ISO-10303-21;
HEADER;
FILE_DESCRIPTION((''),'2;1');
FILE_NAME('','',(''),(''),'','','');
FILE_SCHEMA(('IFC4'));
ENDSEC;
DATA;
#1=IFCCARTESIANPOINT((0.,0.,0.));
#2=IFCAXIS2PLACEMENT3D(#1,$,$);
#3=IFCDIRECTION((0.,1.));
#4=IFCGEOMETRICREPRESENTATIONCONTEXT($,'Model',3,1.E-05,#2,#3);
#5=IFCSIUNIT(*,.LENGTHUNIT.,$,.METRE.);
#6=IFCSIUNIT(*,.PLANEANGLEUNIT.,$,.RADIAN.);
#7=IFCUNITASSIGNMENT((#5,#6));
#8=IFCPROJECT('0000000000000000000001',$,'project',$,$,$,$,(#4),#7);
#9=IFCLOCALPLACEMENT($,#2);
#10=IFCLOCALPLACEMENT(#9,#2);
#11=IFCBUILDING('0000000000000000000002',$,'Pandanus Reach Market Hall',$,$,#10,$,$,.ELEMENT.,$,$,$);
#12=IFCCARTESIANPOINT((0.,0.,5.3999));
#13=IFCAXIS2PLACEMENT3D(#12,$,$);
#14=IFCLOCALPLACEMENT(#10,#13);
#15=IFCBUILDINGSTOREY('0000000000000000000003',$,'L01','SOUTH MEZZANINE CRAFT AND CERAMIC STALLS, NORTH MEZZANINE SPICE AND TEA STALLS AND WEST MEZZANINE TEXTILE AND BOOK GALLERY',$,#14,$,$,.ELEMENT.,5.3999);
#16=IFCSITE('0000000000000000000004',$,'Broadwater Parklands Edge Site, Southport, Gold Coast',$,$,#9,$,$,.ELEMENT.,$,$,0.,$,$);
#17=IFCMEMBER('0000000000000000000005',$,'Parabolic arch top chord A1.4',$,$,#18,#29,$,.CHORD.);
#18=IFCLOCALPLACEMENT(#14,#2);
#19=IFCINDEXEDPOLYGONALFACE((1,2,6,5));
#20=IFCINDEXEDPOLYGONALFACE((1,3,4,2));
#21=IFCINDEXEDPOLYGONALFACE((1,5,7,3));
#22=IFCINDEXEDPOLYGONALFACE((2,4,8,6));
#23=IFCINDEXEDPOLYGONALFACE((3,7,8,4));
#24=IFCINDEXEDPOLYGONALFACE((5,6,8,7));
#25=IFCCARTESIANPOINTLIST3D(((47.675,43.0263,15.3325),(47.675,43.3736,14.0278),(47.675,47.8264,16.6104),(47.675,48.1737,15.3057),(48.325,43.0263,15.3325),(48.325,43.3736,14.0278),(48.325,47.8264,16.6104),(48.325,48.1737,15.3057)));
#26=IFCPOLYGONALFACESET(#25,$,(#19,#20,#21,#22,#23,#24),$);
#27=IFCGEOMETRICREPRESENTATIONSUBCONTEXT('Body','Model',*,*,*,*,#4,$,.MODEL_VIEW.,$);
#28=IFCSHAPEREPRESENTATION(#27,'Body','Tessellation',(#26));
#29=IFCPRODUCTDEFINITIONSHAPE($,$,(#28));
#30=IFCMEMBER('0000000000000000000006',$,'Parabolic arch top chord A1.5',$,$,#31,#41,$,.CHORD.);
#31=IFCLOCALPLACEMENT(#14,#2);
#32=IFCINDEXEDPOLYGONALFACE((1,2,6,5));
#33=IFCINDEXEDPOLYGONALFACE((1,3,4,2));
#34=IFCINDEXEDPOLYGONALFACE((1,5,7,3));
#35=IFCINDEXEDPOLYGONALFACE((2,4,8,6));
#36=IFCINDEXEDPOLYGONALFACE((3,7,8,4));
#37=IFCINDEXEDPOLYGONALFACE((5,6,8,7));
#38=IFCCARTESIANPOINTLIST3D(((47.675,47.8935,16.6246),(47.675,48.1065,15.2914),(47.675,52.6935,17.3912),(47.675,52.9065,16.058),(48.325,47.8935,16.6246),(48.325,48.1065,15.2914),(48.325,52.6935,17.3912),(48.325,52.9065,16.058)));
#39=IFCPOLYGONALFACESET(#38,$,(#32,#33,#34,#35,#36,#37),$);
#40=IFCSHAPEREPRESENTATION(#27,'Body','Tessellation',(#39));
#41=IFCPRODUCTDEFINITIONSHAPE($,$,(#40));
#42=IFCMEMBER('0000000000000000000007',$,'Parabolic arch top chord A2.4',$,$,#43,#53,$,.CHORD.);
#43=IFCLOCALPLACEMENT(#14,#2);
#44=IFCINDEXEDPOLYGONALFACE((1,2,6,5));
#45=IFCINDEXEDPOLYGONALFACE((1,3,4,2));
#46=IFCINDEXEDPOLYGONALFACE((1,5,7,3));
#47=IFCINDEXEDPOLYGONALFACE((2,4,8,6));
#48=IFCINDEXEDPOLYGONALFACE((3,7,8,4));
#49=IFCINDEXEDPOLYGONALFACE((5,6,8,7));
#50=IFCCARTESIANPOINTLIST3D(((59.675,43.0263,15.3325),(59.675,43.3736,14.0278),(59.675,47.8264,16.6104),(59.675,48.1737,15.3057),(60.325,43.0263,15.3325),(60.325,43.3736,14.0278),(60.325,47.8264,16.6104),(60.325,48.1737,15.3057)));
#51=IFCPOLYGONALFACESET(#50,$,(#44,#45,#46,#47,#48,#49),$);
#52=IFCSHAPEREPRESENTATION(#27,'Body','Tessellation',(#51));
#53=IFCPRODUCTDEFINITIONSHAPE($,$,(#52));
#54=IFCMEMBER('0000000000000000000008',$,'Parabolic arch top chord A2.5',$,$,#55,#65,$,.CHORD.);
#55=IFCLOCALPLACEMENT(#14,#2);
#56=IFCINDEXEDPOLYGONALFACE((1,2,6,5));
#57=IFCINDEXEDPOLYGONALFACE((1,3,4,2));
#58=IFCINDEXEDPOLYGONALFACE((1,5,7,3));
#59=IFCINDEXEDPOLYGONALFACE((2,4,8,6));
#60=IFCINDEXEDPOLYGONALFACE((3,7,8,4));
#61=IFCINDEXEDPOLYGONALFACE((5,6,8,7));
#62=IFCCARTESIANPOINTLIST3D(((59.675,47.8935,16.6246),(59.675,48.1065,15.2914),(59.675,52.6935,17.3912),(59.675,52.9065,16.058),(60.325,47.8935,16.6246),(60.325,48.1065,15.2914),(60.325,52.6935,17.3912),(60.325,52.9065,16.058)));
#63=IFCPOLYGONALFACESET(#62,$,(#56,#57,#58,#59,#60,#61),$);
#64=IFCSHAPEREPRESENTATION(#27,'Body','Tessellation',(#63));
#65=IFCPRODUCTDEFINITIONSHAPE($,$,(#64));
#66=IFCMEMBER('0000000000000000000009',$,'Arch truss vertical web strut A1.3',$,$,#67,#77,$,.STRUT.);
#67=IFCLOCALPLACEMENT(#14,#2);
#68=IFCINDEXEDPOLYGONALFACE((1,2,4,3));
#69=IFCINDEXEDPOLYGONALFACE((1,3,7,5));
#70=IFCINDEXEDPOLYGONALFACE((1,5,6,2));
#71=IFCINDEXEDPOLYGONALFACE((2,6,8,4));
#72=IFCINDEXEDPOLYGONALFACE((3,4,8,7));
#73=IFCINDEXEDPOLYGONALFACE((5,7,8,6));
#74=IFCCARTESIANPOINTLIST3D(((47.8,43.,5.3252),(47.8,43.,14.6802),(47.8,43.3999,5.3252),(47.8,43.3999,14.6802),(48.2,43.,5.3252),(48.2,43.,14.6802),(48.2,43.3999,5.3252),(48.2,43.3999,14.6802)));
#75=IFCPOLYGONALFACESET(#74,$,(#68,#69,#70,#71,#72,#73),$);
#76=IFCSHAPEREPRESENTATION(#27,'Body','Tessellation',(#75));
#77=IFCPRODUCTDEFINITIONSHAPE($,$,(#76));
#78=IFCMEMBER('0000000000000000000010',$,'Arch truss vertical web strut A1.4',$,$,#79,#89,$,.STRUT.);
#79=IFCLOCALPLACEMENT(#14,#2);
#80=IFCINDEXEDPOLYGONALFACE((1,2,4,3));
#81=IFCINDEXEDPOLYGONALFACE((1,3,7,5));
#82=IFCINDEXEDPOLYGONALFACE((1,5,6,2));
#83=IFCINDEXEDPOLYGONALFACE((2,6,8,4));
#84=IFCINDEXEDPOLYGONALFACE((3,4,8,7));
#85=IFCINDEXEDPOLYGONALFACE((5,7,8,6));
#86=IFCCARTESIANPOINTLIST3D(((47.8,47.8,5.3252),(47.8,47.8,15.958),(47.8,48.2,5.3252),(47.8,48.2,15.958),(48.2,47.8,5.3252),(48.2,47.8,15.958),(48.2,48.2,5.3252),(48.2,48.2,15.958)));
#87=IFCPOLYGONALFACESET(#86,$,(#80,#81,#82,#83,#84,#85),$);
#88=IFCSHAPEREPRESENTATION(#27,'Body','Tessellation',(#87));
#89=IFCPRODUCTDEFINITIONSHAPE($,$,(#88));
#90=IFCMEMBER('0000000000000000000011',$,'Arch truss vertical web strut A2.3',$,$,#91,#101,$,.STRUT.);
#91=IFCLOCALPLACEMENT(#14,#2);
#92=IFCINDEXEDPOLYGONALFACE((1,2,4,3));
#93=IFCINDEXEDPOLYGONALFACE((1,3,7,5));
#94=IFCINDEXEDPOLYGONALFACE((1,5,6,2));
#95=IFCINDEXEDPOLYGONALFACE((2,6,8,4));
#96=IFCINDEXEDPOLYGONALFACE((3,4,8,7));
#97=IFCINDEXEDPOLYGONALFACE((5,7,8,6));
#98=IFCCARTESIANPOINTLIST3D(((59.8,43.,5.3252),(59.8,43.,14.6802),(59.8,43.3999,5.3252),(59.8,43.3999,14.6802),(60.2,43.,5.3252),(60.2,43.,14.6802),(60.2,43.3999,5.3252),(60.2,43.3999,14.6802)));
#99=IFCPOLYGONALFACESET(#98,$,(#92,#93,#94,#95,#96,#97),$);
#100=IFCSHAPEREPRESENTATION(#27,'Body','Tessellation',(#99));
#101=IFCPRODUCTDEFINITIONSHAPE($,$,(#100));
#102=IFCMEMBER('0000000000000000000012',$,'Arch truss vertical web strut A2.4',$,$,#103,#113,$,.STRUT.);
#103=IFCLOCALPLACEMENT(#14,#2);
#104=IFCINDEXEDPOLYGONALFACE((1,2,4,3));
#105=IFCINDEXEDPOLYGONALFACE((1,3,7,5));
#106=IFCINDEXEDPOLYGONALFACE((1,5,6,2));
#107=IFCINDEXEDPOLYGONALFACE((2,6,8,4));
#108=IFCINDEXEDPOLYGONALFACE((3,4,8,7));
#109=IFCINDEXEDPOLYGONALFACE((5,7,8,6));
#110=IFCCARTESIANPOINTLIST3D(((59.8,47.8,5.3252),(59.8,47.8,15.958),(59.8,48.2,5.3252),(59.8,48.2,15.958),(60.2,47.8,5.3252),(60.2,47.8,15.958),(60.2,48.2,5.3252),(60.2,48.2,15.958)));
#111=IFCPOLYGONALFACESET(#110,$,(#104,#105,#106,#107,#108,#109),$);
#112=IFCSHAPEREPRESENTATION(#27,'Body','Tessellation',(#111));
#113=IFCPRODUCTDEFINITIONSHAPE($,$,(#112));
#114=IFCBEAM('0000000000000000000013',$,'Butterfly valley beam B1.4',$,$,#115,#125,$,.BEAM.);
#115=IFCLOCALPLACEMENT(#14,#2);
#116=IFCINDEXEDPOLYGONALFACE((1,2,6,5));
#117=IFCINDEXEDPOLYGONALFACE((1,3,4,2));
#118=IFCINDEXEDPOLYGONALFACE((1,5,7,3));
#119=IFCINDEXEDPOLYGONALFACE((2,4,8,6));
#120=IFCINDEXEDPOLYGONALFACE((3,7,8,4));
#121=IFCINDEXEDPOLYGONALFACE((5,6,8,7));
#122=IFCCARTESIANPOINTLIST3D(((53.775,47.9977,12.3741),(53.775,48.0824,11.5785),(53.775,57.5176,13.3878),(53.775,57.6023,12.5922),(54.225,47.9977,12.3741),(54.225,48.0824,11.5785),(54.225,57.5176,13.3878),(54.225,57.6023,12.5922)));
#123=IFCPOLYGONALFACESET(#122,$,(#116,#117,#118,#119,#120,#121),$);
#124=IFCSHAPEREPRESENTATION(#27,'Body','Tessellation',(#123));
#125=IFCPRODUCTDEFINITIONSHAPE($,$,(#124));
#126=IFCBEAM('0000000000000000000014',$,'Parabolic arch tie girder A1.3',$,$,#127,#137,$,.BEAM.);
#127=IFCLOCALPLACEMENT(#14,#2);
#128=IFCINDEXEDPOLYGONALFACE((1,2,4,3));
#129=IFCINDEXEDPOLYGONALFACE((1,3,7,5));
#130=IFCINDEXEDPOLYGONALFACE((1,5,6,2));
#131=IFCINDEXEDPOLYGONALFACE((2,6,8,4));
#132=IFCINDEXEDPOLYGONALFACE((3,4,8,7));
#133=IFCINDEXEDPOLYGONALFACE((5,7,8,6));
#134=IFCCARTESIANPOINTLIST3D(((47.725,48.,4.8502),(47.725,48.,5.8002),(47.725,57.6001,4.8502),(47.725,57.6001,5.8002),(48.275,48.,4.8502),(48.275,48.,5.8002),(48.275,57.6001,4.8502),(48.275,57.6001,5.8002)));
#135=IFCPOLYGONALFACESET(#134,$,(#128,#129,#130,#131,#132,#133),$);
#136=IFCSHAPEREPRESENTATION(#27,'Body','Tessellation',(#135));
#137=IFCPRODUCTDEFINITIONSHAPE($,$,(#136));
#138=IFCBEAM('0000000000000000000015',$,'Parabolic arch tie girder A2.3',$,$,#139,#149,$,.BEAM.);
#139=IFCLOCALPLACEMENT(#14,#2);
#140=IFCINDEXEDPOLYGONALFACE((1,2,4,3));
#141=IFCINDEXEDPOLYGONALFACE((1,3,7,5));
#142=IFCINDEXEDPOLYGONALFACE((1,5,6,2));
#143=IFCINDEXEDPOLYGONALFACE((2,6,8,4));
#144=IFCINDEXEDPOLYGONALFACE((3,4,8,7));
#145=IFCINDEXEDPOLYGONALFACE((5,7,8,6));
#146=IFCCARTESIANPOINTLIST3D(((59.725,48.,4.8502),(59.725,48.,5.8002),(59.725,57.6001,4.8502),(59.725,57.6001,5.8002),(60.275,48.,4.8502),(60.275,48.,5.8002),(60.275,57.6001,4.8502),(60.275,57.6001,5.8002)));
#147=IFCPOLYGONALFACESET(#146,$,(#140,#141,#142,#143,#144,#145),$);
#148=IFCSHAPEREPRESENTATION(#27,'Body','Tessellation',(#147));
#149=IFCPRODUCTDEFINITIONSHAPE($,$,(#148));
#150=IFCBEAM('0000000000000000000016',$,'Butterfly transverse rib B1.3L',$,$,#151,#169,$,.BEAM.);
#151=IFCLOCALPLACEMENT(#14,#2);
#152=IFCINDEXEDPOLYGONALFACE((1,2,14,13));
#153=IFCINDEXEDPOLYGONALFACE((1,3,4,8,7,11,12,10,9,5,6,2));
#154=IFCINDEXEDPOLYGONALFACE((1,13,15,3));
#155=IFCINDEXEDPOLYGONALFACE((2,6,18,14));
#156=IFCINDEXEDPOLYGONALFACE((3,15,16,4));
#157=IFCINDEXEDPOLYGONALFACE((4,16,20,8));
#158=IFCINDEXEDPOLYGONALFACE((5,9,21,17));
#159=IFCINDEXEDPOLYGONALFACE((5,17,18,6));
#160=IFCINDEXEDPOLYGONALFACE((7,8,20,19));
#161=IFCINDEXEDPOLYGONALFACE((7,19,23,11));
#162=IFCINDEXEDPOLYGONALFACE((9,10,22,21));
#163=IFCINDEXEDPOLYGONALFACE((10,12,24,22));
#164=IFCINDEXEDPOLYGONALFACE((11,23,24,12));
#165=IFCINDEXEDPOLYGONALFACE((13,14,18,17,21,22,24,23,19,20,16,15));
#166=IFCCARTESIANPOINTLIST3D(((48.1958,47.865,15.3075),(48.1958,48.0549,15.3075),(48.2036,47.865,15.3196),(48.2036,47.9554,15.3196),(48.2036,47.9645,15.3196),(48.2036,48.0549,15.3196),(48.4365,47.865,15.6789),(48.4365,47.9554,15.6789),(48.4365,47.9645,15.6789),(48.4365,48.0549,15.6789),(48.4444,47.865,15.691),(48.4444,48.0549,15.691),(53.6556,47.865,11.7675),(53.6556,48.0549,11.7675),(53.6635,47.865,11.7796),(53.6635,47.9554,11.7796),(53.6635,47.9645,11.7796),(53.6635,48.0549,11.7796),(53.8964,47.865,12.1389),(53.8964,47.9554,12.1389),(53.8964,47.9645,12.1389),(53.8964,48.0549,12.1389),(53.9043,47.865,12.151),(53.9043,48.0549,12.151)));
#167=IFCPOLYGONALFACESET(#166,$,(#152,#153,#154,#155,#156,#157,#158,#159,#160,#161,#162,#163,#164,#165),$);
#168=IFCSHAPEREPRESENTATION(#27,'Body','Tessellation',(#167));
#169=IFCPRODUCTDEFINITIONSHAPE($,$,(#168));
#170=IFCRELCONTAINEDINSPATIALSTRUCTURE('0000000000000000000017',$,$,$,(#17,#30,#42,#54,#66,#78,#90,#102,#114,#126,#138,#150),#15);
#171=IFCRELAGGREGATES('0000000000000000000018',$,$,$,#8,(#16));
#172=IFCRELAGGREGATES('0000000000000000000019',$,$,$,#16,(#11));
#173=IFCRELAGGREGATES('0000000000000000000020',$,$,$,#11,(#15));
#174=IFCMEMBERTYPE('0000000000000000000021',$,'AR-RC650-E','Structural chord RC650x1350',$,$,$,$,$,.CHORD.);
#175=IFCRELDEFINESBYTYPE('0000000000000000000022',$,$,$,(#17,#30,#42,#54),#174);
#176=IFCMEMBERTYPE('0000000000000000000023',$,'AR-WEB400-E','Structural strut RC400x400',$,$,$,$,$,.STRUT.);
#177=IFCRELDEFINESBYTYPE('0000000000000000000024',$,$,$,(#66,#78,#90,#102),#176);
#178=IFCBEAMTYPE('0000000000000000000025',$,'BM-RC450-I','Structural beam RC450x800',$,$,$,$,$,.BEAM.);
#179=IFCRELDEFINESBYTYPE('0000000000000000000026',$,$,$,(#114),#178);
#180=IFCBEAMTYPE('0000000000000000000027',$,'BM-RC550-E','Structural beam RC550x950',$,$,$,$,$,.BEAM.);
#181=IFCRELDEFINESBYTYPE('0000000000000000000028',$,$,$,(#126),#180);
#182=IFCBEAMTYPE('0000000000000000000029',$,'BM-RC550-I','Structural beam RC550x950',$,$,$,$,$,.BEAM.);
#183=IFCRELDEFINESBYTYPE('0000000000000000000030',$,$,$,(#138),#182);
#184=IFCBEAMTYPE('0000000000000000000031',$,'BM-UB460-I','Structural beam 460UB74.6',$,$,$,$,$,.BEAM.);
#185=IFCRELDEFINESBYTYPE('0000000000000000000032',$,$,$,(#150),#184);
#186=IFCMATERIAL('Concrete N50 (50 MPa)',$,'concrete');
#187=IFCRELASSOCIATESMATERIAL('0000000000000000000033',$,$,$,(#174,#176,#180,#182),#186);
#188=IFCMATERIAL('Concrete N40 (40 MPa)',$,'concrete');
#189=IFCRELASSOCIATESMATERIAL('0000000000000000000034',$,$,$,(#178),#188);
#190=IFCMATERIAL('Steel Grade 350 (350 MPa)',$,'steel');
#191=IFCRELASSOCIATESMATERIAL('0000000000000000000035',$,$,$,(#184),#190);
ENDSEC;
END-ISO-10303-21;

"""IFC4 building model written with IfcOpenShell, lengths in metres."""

from ifc_helpers import new_model, si_unit, direction, frame, origin, origin_2d, place, context, subcontext, project, spatial, rectangle, i_section, extrude, material, material_profile, profile_set, type_object, element, save


model = new_model("IFC4")

# Units and contexts
model_context = context("Model", 3, precision=1e-05, world=origin(), true_north=direction((0.0, 1.0)))
body_context = subcontext(model_context, "Body", "Model", "MODEL_VIEW")
ifc_project = project(units=[si_unit("LENGTHUNIT", "METRE"), si_unit("PLANEANGLEUNIT", "RADIAN")], contexts=[model_context])

# Site, building, storey
site_placement = place(None, origin())
site = spatial("IfcSite", under=ifc_project, at=site_placement, Name="Broadwater Parklands Edge Site, Southport, Gold Coast", CompositionType="ELEMENT", RefElevation=0.0)
building_placement = place(site_placement, origin())
building = spatial("IfcBuilding", under=site, at=building_placement, Name="Pandanus Reach Market Hall", CompositionType="ELEMENT")
storey_placement = place(building_placement, frame((0.0, 0.0, 5.3999)))
storey = spatial("IfcBuildingStorey", under=building, at=storey_placement, Name="L01", Description="SOUTH MEZZANINE CRAFT AND CERAMIC STALLS, NORTH MEZZANINE SPICE AND TEA STALLS AND WEST MEZZANINE TEXTILE AND BOOK GALLERY", CompositionType="ELEMENT", Elevation=5.3999)

# Members
ifc_material_1 = material(Name="Concrete N50 (50 MPa)", Category="concrete")
ifc_material_profile_1 = material_profile(ifc_material_1, rectangle(XDim=0.6499, YDim=1.3501, at=origin_2d()), Name="RC650x1350", Category="LoadBearing")
ifc_profile_set_1 = profile_set([ifc_material_profile_1], Name="Concrete N50 (50 MPa)")
member_type_1 = type_object("IfcMemberType", Name="AR-RC650-E", Description="Structural chord RC650x1350", PredefinedType="CHORD", material=ifc_profile_set_1)
member_1_placement = place(storey_placement, frame((48.0, 43.2, 14.6802), z_axis=(0.0, 0.966344, 0.257253), x_axis=(-1.0, 0.0, 0.0)))
element("IfcMember", 1, at=member_1_placement, inside=storey, type_object=member_type_1, Name="Parabolic arch top chord A1.4", PredefinedType="CHORD", context=body_context, shape_type="SweptSolid", body=[
    extrude(rectangle(XDim=0.6499, YDim=1.3501, at=origin_2d()), origin(), (0.0, 0.0, 1.0), 4.9673),
])
member_2_placement = place(storey_placement, frame((48.0, 48.0, 15.958), z_axis=(0.0, 0.987486, 0.157708), x_axis=(-1.0, 0.0, 0.0)))
element("IfcMember", 2, at=member_2_placement, inside=storey, type_object=member_type_1, Name="Parabolic arch top chord A1.5", PredefinedType="CHORD", context=body_context, shape_type="SweptSolid", body=[
    extrude(rectangle(XDim=0.6499, YDim=1.3501, at=origin_2d()), origin(), (0.0, 0.0, 1.0), 4.8608),
])
member_3_placement = place(storey_placement, frame((60.0, 43.2, 14.6802), z_axis=(0.0, 0.966344, 0.257253), x_axis=(-1.0, 0.0, 0.0)))
element("IfcMember", 3, at=member_3_placement, inside=storey, type_object=member_type_1, Name="Parabolic arch top chord A2.4", PredefinedType="CHORD", context=body_context, shape_type="SweptSolid", body=[
    extrude(rectangle(XDim=0.6499, YDim=1.3501, at=origin_2d()), origin(), (0.0, 0.0, 1.0), 4.9673),
])
member_4_placement = place(storey_placement, frame((60.0, 48.0, 15.958), z_axis=(0.0, 0.987486, 0.157708), x_axis=(-1.0, 0.0, 0.0)))
element("IfcMember", 4, at=member_4_placement, inside=storey, type_object=member_type_1, Name="Parabolic arch top chord A2.5", PredefinedType="CHORD", context=body_context, shape_type="SweptSolid", body=[
    extrude(rectangle(XDim=0.6499, YDim=1.3501, at=origin_2d()), origin(), (0.0, 0.0, 1.0), 4.8608),
])
ifc_material_profile_2 = material_profile(ifc_material_1, rectangle(XDim=0.3999, YDim=0.3999, at=origin_2d()), Name="RC400x400", Category="LoadBearing")
ifc_profile_set_2 = profile_set([ifc_material_profile_2], Name="Concrete N50 (50 MPa)")
member_type_2 = type_object("IfcMemberType", Name="AR-WEB400-E", Description="Structural strut RC400x400", PredefinedType="STRUT", material=ifc_profile_set_2)
member_5_placement = place(storey_placement, frame((48.0, 43.2, 5.3252), z_axis=(0.0, 0.0, 1.0), x_axis=(1.0, 0.0, 0.0)))
element("IfcMember", 5, at=member_5_placement, inside=storey, type_object=member_type_2, Name="Arch truss vertical web strut A1.3", PredefinedType="STRUT", context=body_context, shape_type="SweptSolid", body=[
    extrude(rectangle(XDim=0.3999, YDim=0.3999, at=origin_2d()), origin(), (0.0, 0.0, 1.0), 9.355),
])
member_6_placement = place(storey_placement, frame((48.0, 48.0, 5.3252), z_axis=(0.0, 0.0, 1.0), x_axis=(1.0, 0.0, 0.0)))
element("IfcMember", 6, at=member_6_placement, inside=storey, type_object=member_type_2, Name="Arch truss vertical web strut A1.4", PredefinedType="STRUT", context=body_context, shape_type="SweptSolid", body=[
    extrude(rectangle(XDim=0.3999, YDim=0.3999, at=origin_2d()), origin(), (0.0, 0.0, 1.0), 10.6328),
])
member_7_placement = place(storey_placement, frame((60.0, 43.2, 5.3252), z_axis=(0.0, 0.0, 1.0), x_axis=(1.0, 0.0, 0.0)))
element("IfcMember", 7, at=member_7_placement, inside=storey, type_object=member_type_2, Name="Arch truss vertical web strut A2.3", PredefinedType="STRUT", context=body_context, shape_type="SweptSolid", body=[
    extrude(rectangle(XDim=0.3999, YDim=0.3999, at=origin_2d()), origin(), (0.0, 0.0, 1.0), 9.355),
])
member_8_placement = place(storey_placement, frame((60.0, 48.0, 5.3252), z_axis=(0.0, 0.0, 1.0), x_axis=(1.0, 0.0, 0.0)))
element("IfcMember", 8, at=member_8_placement, inside=storey, type_object=member_type_2, Name="Arch truss vertical web strut A2.4", PredefinedType="STRUT", context=body_context, shape_type="SweptSolid", body=[
    extrude(rectangle(XDim=0.3999, YDim=0.3999, at=origin_2d()), origin(), (0.0, 0.0, 1.0), 10.6328),
])

# Beams
ifc_material_2 = material(Name="Concrete N40 (40 MPa)", Category="concrete")
ifc_material_profile_3 = material_profile(ifc_material_2, rectangle(XDim=0.45, YDim=0.8, at=origin_2d()), Name="RC450x800", Category="LoadBearing")
ifc_profile_set_3 = profile_set([ifc_material_profile_3], Name="Concrete N40 (40 MPa)")
beam_type_1 = type_object("IfcBeamType", Name="BM-RC450-I", Description="Structural beam RC450x800", PredefinedType="BEAM", material=ifc_profile_set_3)
beam_1_placement = place(storey_placement, frame((54.0, 48.04, 11.9763), z_axis=(0.0, 0.994379, 0.105879), x_axis=(-1.0, 0.0, 0.0)))
element("IfcBeam", 9, at=beam_1_placement, inside=storey, type_object=beam_type_1, Name="Butterfly valley beam B1.4", PredefinedType="BEAM", context=body_context, shape_type="SweptSolid", body=[
    extrude(rectangle(XDim=0.45, YDim=0.8, at=origin_2d()), origin(), (0.0, 0.0, 1.0), 9.5737),
])
ifc_material_profile_4 = material_profile(ifc_material_1, rectangle(XDim=0.55, YDim=0.95, at=origin_2d()), Name="RC550x950", Category="LoadBearing")
ifc_profile_set_4 = profile_set([ifc_material_profile_4], Name="Concrete N50 (50 MPa)")
beam_type_2 = type_object("IfcBeamType", Name="BM-RC550-E", Description="Structural beam RC550x950", PredefinedType="BEAM", material=ifc_profile_set_4)
beam_2_placement = place(storey_placement, frame((48.0, 48.0, 5.3252), z_axis=(0.0, 1.0, 0.0), x_axis=(-1.0, 0.0, 0.0)))
element("IfcBeam", 10, at=beam_2_placement, inside=storey, type_object=beam_type_2, Name="Parabolic arch tie girder A1.3", PredefinedType="BEAM", context=body_context, shape_type="SweptSolid", body=[
    extrude(rectangle(XDim=0.55, YDim=0.95, at=origin_2d()), origin(), (0.0, 0.0, 1.0), 9.6001),
])
ifc_material_profile_5 = material_profile(ifc_material_1, rectangle(XDim=0.55, YDim=0.95, at=origin_2d()), Name="RC550x950", Category="LoadBearing")
ifc_profile_set_5 = profile_set([ifc_material_profile_5], Name="Concrete N50 (50 MPa)")
beam_type_3 = type_object("IfcBeamType", Name="BM-RC550-I", Description="Structural beam RC550x950", PredefinedType="BEAM", material=ifc_profile_set_5)
beam_3_placement = place(storey_placement, frame((60.0, 48.0, 5.3252), z_axis=(0.0, 1.0, 0.0), x_axis=(-1.0, 0.0, 0.0)))
element("IfcBeam", 11, at=beam_3_placement, inside=storey, type_object=beam_type_3, Name="Parabolic arch tie girder A2.3", PredefinedType="BEAM", context=body_context, shape_type="SweptSolid", body=[
    extrude(rectangle(XDim=0.55, YDim=0.95, at=origin_2d()), origin(), (0.0, 0.0, 1.0), 9.6001),
])
ifc_material_3 = material(Name="Steel Grade 350 (350 MPa)", Category="steel")
ifc_material_profile_6 = material_profile(ifc_material_3, i_section(OverallWidth=0.1899, OverallDepth=0.457, WebThickness=0.009, FlangeThickness=0.0144, at=origin_2d()), Name="460UB74.6", Category="LoadBearing")
ifc_profile_set_6 = profile_set([ifc_material_profile_6], Name="Steel Grade 350 (350 MPa)")
beam_type_4 = type_object("IfcBeamType", Name="BM-UB460-I", Description="Structural beam 460UB74.6", PredefinedType="BEAM", material=ifc_profile_set_6)
for number, where, z_axis, x_axis, name in (
    (12, (48.3201, 47.96, 15.4993), (0.839071, 0.0, -0.544023), (0.0, 1.0, 0.0), "Butterfly transverse rib B1.3L"),
):
    element("IfcBeam", number, at=place(storey_placement, frame(where, z_axis=z_axis, x_axis=x_axis)), inside=storey, type_object=beam_type_4, Name=name, PredefinedType="BEAM", context=body_context, shape_type="SweptSolid", body=[
        extrude(i_section(OverallWidth=0.1899, OverallDepth=0.457, WebThickness=0.009, FlangeThickness=0.0144, at=origin_2d()), origin(), (0.0, 0.0, 1.0), 6.5071),
    ])

save(model, "model.ifc")
